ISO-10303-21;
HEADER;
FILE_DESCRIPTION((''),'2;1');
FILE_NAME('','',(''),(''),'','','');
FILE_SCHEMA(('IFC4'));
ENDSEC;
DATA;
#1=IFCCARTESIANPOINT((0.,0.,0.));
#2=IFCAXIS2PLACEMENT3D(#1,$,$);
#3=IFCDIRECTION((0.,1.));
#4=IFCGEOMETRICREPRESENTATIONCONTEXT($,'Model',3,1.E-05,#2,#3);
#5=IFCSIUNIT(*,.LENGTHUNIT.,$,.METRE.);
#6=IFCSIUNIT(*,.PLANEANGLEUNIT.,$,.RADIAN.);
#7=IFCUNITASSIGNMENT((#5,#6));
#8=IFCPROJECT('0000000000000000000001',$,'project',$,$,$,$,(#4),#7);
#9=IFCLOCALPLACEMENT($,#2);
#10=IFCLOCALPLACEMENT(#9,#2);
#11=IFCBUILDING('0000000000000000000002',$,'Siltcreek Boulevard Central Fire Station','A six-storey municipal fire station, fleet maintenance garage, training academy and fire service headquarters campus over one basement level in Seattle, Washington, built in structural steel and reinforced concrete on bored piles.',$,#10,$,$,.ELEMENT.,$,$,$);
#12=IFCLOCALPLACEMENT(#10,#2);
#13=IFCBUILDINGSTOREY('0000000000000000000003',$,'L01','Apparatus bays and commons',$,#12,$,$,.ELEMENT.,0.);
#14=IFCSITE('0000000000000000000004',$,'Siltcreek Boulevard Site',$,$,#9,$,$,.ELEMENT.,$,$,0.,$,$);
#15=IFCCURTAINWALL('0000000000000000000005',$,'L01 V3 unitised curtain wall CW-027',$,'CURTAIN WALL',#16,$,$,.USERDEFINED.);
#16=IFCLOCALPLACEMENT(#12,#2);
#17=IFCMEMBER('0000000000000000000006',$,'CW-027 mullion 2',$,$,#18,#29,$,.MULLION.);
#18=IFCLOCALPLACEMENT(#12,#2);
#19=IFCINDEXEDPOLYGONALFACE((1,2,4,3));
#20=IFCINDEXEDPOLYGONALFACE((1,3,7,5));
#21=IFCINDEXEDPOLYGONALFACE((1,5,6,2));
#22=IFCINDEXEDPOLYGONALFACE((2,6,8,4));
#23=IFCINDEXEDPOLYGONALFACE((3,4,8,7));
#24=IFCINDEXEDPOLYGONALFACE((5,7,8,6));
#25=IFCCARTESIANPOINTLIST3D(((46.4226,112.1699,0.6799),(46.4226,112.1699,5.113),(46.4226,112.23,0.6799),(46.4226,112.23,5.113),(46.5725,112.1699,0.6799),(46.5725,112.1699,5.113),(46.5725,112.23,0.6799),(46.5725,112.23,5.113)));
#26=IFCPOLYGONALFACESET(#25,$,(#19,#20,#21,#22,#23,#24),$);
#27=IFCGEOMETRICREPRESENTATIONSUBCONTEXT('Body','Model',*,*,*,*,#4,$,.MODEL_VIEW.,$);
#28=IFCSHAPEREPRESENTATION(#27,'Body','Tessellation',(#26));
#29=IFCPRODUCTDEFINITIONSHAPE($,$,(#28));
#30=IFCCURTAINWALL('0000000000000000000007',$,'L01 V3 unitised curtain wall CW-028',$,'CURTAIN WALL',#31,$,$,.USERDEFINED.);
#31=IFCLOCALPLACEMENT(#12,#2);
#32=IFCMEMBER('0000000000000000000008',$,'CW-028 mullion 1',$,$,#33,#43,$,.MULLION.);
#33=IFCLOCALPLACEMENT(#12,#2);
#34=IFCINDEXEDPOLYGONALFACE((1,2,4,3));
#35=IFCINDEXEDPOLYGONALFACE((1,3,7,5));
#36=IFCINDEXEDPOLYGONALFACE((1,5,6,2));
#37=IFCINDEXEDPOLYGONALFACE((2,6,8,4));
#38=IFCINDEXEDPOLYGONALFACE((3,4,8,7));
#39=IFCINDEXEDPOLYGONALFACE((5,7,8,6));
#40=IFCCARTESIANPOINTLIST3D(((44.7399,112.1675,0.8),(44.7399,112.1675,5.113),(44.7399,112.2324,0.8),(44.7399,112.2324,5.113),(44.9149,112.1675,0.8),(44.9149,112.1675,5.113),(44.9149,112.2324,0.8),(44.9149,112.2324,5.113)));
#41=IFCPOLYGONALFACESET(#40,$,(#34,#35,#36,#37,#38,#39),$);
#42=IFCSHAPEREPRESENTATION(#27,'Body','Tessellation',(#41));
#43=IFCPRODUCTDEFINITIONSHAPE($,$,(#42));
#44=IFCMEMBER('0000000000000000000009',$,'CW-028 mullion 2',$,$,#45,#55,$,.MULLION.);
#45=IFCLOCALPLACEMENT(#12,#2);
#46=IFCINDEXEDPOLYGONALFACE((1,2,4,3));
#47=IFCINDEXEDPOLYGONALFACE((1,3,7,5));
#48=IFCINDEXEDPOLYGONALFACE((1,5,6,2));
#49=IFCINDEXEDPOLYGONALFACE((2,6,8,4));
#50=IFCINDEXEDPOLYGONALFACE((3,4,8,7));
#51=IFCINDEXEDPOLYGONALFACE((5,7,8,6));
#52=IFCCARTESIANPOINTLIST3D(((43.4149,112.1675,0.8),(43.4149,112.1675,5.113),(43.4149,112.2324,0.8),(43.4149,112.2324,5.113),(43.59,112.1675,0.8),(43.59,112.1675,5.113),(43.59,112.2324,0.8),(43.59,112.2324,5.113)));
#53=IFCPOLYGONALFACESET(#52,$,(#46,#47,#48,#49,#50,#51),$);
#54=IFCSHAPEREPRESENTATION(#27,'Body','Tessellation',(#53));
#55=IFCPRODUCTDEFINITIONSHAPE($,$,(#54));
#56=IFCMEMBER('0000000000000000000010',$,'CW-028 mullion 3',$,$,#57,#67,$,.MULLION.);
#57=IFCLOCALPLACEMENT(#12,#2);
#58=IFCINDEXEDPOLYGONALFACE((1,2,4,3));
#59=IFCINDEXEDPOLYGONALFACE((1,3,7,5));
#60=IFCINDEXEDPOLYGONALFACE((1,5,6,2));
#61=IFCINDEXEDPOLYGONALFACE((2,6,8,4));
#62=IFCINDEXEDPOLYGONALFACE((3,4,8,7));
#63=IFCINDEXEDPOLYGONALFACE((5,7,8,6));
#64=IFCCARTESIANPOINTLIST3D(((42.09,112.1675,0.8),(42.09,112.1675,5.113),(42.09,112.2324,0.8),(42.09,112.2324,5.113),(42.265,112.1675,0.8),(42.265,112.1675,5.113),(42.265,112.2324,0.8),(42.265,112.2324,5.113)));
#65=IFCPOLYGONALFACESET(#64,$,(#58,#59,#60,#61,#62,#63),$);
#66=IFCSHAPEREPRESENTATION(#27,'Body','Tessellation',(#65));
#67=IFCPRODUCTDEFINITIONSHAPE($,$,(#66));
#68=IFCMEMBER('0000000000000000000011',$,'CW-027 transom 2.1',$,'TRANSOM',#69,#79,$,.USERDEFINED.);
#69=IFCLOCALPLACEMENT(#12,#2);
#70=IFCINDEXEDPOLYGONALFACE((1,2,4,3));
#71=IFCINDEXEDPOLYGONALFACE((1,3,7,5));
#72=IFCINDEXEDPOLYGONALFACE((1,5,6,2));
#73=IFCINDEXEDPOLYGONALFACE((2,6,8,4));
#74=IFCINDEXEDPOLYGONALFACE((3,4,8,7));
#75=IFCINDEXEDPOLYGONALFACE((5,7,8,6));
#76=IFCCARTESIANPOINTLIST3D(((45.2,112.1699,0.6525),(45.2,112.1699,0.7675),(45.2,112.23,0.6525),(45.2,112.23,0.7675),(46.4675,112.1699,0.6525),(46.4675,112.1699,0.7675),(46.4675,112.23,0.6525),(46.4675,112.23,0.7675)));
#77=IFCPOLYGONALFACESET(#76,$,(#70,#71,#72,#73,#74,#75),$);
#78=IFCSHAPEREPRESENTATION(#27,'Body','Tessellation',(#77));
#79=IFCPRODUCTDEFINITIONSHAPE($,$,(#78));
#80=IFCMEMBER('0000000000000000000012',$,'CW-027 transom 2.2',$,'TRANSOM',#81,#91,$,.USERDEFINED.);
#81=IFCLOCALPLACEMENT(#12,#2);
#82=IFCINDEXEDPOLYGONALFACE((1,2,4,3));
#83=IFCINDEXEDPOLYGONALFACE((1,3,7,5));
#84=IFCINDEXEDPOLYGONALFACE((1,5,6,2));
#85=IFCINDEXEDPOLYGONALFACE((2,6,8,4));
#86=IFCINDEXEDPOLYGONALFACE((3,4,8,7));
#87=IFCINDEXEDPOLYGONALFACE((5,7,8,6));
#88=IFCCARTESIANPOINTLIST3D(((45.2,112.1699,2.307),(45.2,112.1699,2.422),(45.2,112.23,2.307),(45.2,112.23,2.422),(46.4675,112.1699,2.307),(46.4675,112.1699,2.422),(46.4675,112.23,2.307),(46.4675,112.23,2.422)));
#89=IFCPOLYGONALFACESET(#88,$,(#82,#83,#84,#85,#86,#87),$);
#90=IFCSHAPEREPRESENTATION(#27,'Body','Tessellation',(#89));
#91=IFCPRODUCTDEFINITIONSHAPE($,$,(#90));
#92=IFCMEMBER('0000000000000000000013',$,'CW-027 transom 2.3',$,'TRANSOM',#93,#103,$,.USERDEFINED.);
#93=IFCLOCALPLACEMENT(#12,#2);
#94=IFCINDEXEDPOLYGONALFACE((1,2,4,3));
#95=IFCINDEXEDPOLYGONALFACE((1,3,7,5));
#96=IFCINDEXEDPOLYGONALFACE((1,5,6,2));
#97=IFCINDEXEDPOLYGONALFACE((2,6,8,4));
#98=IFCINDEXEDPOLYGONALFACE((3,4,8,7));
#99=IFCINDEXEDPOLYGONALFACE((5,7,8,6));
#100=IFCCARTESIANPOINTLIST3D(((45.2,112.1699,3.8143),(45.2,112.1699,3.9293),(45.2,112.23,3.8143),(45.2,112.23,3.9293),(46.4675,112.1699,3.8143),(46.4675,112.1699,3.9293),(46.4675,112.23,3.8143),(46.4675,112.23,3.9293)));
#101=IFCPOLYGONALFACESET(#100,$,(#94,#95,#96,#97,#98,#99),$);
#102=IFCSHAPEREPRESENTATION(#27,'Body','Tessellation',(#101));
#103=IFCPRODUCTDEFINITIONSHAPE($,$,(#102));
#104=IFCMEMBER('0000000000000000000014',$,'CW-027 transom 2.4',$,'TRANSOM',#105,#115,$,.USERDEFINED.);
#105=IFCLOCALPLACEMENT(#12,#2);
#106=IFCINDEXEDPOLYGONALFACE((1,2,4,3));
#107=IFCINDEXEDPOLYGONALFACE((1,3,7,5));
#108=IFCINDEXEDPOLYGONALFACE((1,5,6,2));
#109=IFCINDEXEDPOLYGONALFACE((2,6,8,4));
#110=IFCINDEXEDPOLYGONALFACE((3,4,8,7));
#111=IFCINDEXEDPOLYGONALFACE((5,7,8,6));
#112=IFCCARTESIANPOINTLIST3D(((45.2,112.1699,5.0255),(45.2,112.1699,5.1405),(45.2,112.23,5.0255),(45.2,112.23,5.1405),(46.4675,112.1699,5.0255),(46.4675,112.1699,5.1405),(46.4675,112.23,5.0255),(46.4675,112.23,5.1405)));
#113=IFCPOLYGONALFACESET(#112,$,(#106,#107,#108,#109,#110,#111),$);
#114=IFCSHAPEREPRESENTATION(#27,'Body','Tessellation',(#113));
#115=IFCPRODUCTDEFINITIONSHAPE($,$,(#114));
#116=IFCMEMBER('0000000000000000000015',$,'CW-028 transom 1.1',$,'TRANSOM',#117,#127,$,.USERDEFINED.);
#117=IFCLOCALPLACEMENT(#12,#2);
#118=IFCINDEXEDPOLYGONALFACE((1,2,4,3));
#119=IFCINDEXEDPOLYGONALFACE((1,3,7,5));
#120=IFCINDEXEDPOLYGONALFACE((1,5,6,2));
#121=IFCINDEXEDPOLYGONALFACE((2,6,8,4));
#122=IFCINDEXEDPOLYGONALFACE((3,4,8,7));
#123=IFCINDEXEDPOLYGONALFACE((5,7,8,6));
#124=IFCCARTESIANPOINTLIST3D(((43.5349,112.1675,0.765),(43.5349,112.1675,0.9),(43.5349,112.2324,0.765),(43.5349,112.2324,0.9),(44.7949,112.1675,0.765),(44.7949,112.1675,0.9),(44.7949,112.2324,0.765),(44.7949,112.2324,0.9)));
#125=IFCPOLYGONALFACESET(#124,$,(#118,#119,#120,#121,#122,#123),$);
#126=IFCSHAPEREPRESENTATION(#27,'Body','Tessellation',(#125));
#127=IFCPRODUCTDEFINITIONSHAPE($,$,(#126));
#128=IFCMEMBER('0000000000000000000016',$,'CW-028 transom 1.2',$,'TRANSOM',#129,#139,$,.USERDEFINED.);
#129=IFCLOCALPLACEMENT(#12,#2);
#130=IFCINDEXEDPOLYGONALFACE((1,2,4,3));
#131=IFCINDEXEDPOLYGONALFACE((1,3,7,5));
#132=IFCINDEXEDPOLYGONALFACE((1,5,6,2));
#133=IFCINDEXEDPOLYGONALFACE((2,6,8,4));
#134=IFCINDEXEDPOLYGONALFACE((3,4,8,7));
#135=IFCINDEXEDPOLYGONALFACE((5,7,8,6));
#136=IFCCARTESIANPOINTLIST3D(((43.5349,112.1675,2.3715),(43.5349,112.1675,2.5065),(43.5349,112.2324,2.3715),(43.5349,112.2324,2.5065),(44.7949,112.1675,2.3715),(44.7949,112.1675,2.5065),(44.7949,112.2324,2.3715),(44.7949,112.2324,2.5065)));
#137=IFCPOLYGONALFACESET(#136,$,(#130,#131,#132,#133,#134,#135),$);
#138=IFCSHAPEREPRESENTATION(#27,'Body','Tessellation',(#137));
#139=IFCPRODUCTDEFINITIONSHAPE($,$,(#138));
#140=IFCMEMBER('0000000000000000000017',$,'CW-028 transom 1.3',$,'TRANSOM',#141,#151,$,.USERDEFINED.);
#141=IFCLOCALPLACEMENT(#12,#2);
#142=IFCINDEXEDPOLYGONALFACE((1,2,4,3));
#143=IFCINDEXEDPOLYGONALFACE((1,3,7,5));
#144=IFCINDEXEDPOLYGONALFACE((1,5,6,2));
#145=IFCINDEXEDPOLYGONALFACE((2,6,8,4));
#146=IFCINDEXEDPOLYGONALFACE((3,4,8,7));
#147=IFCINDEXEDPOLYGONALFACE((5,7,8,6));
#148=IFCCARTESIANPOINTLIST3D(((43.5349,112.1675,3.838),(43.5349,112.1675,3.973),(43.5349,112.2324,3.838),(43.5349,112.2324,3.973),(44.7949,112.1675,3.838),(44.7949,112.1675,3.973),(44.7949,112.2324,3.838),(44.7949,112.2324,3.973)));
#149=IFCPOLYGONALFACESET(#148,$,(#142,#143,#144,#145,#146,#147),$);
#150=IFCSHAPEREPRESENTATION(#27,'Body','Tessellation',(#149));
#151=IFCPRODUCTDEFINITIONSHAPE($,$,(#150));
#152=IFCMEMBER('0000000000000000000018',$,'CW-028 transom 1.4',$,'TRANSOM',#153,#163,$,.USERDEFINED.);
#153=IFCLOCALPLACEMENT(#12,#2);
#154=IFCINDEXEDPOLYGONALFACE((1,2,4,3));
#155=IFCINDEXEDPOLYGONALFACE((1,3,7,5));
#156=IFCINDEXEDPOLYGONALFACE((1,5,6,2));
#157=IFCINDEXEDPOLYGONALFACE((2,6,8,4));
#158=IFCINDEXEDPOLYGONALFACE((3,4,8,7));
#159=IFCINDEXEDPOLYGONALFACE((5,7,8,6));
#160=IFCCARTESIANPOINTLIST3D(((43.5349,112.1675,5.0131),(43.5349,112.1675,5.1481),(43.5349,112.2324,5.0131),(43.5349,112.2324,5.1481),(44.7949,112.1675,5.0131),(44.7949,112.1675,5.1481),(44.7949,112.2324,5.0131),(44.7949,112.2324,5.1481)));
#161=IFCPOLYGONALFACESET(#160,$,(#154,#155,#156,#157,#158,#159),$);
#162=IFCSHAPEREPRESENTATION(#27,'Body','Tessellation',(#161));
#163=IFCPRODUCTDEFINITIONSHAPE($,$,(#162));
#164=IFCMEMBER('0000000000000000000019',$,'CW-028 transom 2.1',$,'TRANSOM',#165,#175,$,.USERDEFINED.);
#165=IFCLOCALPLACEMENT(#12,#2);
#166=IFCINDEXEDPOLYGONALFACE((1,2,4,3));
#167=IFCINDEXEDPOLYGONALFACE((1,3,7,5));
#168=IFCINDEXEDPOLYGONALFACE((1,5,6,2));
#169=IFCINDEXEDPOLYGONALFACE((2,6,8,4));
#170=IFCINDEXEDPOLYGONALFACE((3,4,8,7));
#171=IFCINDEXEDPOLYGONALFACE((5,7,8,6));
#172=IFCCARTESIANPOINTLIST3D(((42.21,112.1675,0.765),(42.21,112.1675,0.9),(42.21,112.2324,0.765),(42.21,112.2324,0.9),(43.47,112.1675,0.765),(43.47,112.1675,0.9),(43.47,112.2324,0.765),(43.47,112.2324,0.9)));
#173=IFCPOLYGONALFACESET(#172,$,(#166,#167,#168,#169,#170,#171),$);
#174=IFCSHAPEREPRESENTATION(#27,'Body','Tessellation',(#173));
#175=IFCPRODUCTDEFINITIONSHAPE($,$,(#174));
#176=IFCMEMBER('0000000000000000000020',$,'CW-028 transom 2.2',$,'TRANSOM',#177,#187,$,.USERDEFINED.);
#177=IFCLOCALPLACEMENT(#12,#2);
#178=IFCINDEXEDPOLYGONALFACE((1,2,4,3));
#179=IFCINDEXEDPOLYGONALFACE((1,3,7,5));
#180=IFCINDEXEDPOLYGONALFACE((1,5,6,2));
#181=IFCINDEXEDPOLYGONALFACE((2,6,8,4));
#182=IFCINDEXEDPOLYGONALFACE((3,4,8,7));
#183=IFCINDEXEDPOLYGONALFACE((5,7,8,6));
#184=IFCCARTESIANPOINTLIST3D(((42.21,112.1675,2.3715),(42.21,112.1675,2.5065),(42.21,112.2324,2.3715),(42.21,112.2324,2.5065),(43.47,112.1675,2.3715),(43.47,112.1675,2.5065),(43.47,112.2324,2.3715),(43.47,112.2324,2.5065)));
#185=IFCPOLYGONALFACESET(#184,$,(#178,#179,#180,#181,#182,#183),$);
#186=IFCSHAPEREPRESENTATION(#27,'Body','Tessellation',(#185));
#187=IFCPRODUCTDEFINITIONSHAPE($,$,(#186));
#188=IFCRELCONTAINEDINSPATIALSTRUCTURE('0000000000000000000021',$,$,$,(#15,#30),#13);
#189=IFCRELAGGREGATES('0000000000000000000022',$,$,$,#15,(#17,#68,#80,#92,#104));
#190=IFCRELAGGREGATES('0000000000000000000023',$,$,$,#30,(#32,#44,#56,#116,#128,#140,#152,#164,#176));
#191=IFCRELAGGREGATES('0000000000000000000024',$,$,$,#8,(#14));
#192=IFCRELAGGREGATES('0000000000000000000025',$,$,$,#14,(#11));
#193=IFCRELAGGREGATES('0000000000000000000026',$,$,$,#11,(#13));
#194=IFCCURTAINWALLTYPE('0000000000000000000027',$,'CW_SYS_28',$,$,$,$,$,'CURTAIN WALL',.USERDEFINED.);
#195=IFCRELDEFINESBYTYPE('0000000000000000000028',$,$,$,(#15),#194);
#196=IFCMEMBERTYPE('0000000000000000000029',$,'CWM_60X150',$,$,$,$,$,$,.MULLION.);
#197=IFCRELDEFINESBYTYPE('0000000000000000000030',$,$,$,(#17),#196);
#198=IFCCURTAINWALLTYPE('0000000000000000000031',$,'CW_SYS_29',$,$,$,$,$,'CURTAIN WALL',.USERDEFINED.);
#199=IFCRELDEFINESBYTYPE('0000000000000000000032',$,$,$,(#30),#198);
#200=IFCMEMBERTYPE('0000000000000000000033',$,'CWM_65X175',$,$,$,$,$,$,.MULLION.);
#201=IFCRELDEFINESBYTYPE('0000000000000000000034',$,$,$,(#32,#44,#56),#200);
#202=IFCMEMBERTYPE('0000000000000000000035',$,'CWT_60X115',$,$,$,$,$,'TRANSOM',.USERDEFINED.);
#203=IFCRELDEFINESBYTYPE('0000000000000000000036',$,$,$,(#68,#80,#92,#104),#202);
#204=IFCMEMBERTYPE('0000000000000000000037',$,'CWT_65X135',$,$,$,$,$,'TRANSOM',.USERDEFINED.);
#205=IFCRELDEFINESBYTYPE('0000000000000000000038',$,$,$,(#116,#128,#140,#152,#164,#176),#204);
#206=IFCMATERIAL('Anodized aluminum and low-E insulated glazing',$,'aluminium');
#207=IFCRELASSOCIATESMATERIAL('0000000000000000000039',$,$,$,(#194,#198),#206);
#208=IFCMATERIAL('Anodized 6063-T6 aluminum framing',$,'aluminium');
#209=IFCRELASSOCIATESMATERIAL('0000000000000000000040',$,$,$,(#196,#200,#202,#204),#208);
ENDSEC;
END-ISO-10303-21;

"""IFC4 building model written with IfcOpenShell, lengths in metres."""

from ifc_helpers import new_model, si_unit, direction, frame, origin, origin_2d, place, context, subcontext, project, spatial, rectangle, extrude, material, material_profile, profile_set, type_object, element, aggregate, save


model = new_model("IFC4")

# Units and contexts
model_context = context("Model", 3, precision=1e-05, world=origin(), true_north=direction((0.0, 1.0)))
body_context = subcontext(model_context, "Body", "Model", "MODEL_VIEW")
ifc_project = project(units=[si_unit("LENGTHUNIT", "METRE"), si_unit("PLANEANGLEUNIT", "RADIAN")], contexts=[model_context])

# Site, building, storey
site_placement = place(None, origin())
site = spatial("IfcSite", under=ifc_project, at=site_placement, Name="Siltcreek Boulevard Site", CompositionType="ELEMENT", RefElevation=0.0)
building_placement = place(site_placement, origin())
building = spatial("IfcBuilding", under=site, at=building_placement, Name="Siltcreek Boulevard Central Fire Station", Description="A six-storey municipal fire station, fleet maintenance garage, training academy and fire service headquarters campus over one basement level in Seattle, Washington, built in structural steel and reinforced concrete on bored piles.", CompositionType="ELEMENT")
storey_placement = place(building_placement, origin())
storey = spatial("IfcBuildingStorey", under=building, at=storey_placement, Name="L01", Description="Apparatus bays and commons", CompositionType="ELEMENT", Elevation=0.0)

# Curtain wall, member
ifc_material_1 = material(Name="Anodized aluminum and low-E insulated glazing", Category="aluminium")
curtain_wall_type_1 = type_object("IfcCurtainWallType", Name="CW_SYS_28", ElementType="CURTAIN WALL", PredefinedType="USERDEFINED", material=ifc_material_1)
curtain_wall_1_placement = place(storey_placement, origin())
curtain_wall_1 = element("IfcCurtainWall", 1, at=curtain_wall_1_placement, inside=storey, type_object=curtain_wall_type_1, Name="L01 V3 unitised curtain wall CW-027", ObjectType="CURTAIN WALL", PredefinedType="USERDEFINED")
ifc_material_2 = material(Name="Anodized 6063-T6 aluminum framing", Category="aluminium")
ifc_material_profile_1 = material_profile(ifc_material_2, rectangle(XDim=0.0601, YDim=0.1499, at=origin_2d()), Name="MULL60X150")
ifc_profile_set_1 = profile_set([ifc_material_profile_1], Name="Anodized 6063-T6 aluminum framing")
member_type_1 = type_object("IfcMemberType", Name="CWM_60X150", PredefinedType="MULLION", material=ifc_profile_set_1)
member_1_placement = place(storey_placement, frame((46.4976, 112.2, 0.6799), z_axis=(0.0, 0.0, 1.0), x_axis=(0.0, -1.0, 0.0)))
member_1 = element("IfcMember", 2, at=member_1_placement, type_object=member_type_1, Name="CW-027 mullion 2", PredefinedType="MULLION", context=body_context, shape_type="SweptSolid", body=[
    extrude(rectangle(XDim=0.0601, YDim=0.1499, at=origin_2d()), origin(), (0.0, 0.0, 1.0), 4.4331),
])

# Curtain wall, members
curtain_wall_type_2 = type_object("IfcCurtainWallType", Name="CW_SYS_29", ElementType="CURTAIN WALL", PredefinedType="USERDEFINED", material=ifc_material_1)
curtain_wall_2_placement = place(storey_placement, origin())
curtain_wall_2 = element("IfcCurtainWall", 3, at=curtain_wall_2_placement, inside=storey, type_object=curtain_wall_type_2, Name="L01 V3 unitised curtain wall CW-028", ObjectType="CURTAIN WALL", PredefinedType="USERDEFINED")
ifc_material_profile_2 = material_profile(ifc_material_2, rectangle(XDim=0.0649, YDim=0.175, at=origin_2d()), Name="MULL65X175")
ifc_profile_set_2 = profile_set([ifc_material_profile_2], Name="Anodized 6063-T6 aluminum framing")
member_type_2 = type_object("IfcMemberType", Name="CWM_65X175", PredefinedType="MULLION", material=ifc_profile_set_2)
member_2_placement = place(storey_placement, frame((44.8274, 112.2, 0.8), z_axis=(0.0, 0.0, 1.0), x_axis=(0.0, -1.0, 0.0)))
member_2 = element("IfcMember", 4, at=member_2_placement, type_object=member_type_2, Name="CW-028 mullion 1", PredefinedType="MULLION", context=body_context, shape_type="SweptSolid", body=[
    extrude(rectangle(XDim=0.0649, YDim=0.175, at=origin_2d()), origin(), (0.0, 0.0, 1.0), 4.313),
])
member_3_placement = place(storey_placement, frame((43.5024, 112.2, 0.8), z_axis=(0.0, 0.0, 1.0), x_axis=(0.0, -1.0, 0.0)))
member_3 = element("IfcMember", 5, at=member_3_placement, type_object=member_type_2, Name="CW-028 mullion 2", PredefinedType="MULLION", context=body_context, shape_type="SweptSolid", body=[
    extrude(rectangle(XDim=0.0649, YDim=0.175, at=origin_2d()), origin(), (0.0, 0.0, 1.0), 4.313),
])
member_4_placement = place(storey_placement, frame((42.1775, 112.2, 0.8), z_axis=(0.0, 0.0, 1.0), x_axis=(0.0, -1.0, 0.0)))
member_4 = element("IfcMember", 6, at=member_4_placement, type_object=member_type_2, Name="CW-028 mullion 3", PredefinedType="MULLION", context=body_context, shape_type="SweptSolid", body=[
    extrude(rectangle(XDim=0.0649, YDim=0.175, at=origin_2d()), origin(), (0.0, 0.0, 1.0), 4.313),
])

# Members
ifc_material_profile_3 = material_profile(ifc_material_2, rectangle(XDim=0.0601, YDim=0.115, at=origin_2d()), Name="TRAN60X115")
ifc_profile_set_3 = profile_set([ifc_material_profile_3], Name="Anodized 6063-T6 aluminum framing")
member_type_3 = type_object("IfcMemberType", Name="CWT_60X115", ElementType="TRANSOM", PredefinedType="USERDEFINED", material=ifc_profile_set_3)
member_5_placement = place(storey_placement, frame((46.4675, 112.2, 0.71), z_axis=(-1.0, 0.0, 0.0), x_axis=(0.0, -1.0, 0.0)))
member_5 = element("IfcMember", 7, at=member_5_placement, type_object=member_type_3, Name="CW-027 transom 2.1", ObjectType="TRANSOM", PredefinedType="USERDEFINED", context=body_context, shape_type="SweptSolid", body=[
    extrude(rectangle(XDim=0.0601, YDim=0.115, at=origin_2d()), origin(), (0.0, 0.0, 1.0), 1.2676),
])
member_6_placement = place(storey_placement, frame((46.4675, 112.2, 2.3645), z_axis=(-1.0, 0.0, 0.0), x_axis=(0.0, -1.0, 0.0)))
member_6 = element("IfcMember", 8, at=member_6_placement, type_object=member_type_3, Name="CW-027 transom 2.2", ObjectType="TRANSOM", PredefinedType="USERDEFINED", context=body_context, shape_type="SweptSolid", body=[
    extrude(rectangle(XDim=0.0601, YDim=0.115, at=origin_2d()), origin(), (0.0, 0.0, 1.0), 1.2676),
])
member_7_placement = place(storey_placement, frame((46.4675, 112.2, 3.8718), z_axis=(-1.0, 0.0, 0.0), x_axis=(0.0, -1.0, 0.0)))
member_7 = element("IfcMember", 9, at=member_7_placement, type_object=member_type_3, Name="CW-027 transom 2.3", ObjectType="TRANSOM", PredefinedType="USERDEFINED", context=body_context, shape_type="SweptSolid", body=[
    extrude(rectangle(XDim=0.0601, YDim=0.115, at=origin_2d()), origin(), (0.0, 0.0, 1.0), 1.2676),
])
member_8_placement = place(storey_placement, frame((46.4675, 112.2, 5.083), z_axis=(-1.0, 0.0, 0.0), x_axis=(0.0, -1.0, 0.0)))
member_8 = element("IfcMember", 10, at=member_8_placement, type_object=member_type_3, Name="CW-027 transom 2.4", ObjectType="TRANSOM", PredefinedType="USERDEFINED", context=body_context, shape_type="SweptSolid", body=[
    extrude(rectangle(XDim=0.0601, YDim=0.115, at=origin_2d()), origin(), (0.0, 0.0, 1.0), 1.2676),
])
ifc_material_profile_4 = material_profile(ifc_material_2, rectangle(XDim=0.0649, YDim=0.135, at=origin_2d()), Name="TRAN65X135")
ifc_profile_set_4 = profile_set([ifc_material_profile_4], Name="Anodized 6063-T6 aluminum framing")
member_type_4 = type_object("IfcMemberType", Name="CWT_65X135", ElementType="TRANSOM", PredefinedType="USERDEFINED", material=ifc_profile_set_4)
member_9_placement = place(storey_placement, frame((44.7949, 112.2, 0.8325), z_axis=(-1.0, 0.0, 0.0), x_axis=(0.0, -1.0, 0.0)))
member_9 = element("IfcMember", 11, at=member_9_placement, type_object=member_type_4, Name="CW-028 transom 1.1", ObjectType="TRANSOM", PredefinedType="USERDEFINED", context=body_context, shape_type="SweptSolid", body=[
    extrude(rectangle(XDim=0.0649, YDim=0.135, at=origin_2d()), origin(), (0.0, 0.0, 1.0), 1.26),
])
member_10_placement = place(storey_placement, frame((44.7949, 112.2, 2.439), z_axis=(-1.0, 0.0, 0.0), x_axis=(0.0, -1.0, 0.0)))
member_10 = element("IfcMember", 12, at=member_10_placement, type_object=member_type_4, Name="CW-028 transom 1.2", ObjectType="TRANSOM", PredefinedType="USERDEFINED", context=body_context, shape_type="SweptSolid", body=[
    extrude(rectangle(XDim=0.0649, YDim=0.135, at=origin_2d()), origin(), (0.0, 0.0, 1.0), 1.26),
])
member_11_placement = place(storey_placement, frame((44.7949, 112.2, 3.9055), z_axis=(-1.0, 0.0, 0.0), x_axis=(0.0, -1.0, 0.0)))
member_11 = element("IfcMember", 13, at=member_11_placement, type_object=member_type_4, Name="CW-028 transom 1.3", ObjectType="TRANSOM", PredefinedType="USERDEFINED", context=body_context, shape_type="SweptSolid", body=[
    extrude(rectangle(XDim=0.0649, YDim=0.135, at=origin_2d()), origin(), (0.0, 0.0, 1.0), 1.26),
])
member_12_placement = place(storey_placement, frame((44.7949, 112.2, 5.0806), z_axis=(-1.0, 0.0, 0.0), x_axis=(0.0, -1.0, 0.0)))
member_12 = element("IfcMember", 14, at=member_12_placement, type_object=member_type_4, Name="CW-028 transom 1.4", ObjectType="TRANSOM", PredefinedType="USERDEFINED", context=body_context, shape_type="SweptSolid", body=[
    extrude(rectangle(XDim=0.0649, YDim=0.135, at=origin_2d()), origin(), (0.0, 0.0, 1.0), 1.26),
])
member_13_placement = place(storey_placement, frame((43.47, 112.2, 0.8325), z_axis=(-1.0, 0.0, 0.0), x_axis=(0.0, -1.0, 0.0)))
member_13 = element("IfcMember", 15, at=member_13_placement, type_object=member_type_4, Name="CW-028 transom 2.1", ObjectType="TRANSOM", PredefinedType="USERDEFINED", context=body_context, shape_type="SweptSolid", body=[
    extrude(rectangle(XDim=0.0649, YDim=0.135, at=origin_2d()), origin(), (0.0, 0.0, 1.0), 1.26),
])
member_14_placement = place(storey_placement, frame((43.47, 112.2, 2.439), z_axis=(-1.0, 0.0, 0.0), x_axis=(0.0, -1.0, 0.0)))
member_14 = element("IfcMember", 16, at=member_14_placement, type_object=member_type_4, Name="CW-028 transom 2.2", ObjectType="TRANSOM", PredefinedType="USERDEFINED", context=body_context, shape_type="SweptSolid", body=[
    extrude(rectangle(XDim=0.0649, YDim=0.135, at=origin_2d()), origin(), (0.0, 0.0, 1.0), 1.26),
])

aggregate(curtain_wall_1, [member_1, member_5, member_6, member_7, member_8])
aggregate(curtain_wall_2, [member_2, member_3, member_4, member_9, member_10, member_11, member_12, member_13, member_14])

save(model, "model.ifc")
